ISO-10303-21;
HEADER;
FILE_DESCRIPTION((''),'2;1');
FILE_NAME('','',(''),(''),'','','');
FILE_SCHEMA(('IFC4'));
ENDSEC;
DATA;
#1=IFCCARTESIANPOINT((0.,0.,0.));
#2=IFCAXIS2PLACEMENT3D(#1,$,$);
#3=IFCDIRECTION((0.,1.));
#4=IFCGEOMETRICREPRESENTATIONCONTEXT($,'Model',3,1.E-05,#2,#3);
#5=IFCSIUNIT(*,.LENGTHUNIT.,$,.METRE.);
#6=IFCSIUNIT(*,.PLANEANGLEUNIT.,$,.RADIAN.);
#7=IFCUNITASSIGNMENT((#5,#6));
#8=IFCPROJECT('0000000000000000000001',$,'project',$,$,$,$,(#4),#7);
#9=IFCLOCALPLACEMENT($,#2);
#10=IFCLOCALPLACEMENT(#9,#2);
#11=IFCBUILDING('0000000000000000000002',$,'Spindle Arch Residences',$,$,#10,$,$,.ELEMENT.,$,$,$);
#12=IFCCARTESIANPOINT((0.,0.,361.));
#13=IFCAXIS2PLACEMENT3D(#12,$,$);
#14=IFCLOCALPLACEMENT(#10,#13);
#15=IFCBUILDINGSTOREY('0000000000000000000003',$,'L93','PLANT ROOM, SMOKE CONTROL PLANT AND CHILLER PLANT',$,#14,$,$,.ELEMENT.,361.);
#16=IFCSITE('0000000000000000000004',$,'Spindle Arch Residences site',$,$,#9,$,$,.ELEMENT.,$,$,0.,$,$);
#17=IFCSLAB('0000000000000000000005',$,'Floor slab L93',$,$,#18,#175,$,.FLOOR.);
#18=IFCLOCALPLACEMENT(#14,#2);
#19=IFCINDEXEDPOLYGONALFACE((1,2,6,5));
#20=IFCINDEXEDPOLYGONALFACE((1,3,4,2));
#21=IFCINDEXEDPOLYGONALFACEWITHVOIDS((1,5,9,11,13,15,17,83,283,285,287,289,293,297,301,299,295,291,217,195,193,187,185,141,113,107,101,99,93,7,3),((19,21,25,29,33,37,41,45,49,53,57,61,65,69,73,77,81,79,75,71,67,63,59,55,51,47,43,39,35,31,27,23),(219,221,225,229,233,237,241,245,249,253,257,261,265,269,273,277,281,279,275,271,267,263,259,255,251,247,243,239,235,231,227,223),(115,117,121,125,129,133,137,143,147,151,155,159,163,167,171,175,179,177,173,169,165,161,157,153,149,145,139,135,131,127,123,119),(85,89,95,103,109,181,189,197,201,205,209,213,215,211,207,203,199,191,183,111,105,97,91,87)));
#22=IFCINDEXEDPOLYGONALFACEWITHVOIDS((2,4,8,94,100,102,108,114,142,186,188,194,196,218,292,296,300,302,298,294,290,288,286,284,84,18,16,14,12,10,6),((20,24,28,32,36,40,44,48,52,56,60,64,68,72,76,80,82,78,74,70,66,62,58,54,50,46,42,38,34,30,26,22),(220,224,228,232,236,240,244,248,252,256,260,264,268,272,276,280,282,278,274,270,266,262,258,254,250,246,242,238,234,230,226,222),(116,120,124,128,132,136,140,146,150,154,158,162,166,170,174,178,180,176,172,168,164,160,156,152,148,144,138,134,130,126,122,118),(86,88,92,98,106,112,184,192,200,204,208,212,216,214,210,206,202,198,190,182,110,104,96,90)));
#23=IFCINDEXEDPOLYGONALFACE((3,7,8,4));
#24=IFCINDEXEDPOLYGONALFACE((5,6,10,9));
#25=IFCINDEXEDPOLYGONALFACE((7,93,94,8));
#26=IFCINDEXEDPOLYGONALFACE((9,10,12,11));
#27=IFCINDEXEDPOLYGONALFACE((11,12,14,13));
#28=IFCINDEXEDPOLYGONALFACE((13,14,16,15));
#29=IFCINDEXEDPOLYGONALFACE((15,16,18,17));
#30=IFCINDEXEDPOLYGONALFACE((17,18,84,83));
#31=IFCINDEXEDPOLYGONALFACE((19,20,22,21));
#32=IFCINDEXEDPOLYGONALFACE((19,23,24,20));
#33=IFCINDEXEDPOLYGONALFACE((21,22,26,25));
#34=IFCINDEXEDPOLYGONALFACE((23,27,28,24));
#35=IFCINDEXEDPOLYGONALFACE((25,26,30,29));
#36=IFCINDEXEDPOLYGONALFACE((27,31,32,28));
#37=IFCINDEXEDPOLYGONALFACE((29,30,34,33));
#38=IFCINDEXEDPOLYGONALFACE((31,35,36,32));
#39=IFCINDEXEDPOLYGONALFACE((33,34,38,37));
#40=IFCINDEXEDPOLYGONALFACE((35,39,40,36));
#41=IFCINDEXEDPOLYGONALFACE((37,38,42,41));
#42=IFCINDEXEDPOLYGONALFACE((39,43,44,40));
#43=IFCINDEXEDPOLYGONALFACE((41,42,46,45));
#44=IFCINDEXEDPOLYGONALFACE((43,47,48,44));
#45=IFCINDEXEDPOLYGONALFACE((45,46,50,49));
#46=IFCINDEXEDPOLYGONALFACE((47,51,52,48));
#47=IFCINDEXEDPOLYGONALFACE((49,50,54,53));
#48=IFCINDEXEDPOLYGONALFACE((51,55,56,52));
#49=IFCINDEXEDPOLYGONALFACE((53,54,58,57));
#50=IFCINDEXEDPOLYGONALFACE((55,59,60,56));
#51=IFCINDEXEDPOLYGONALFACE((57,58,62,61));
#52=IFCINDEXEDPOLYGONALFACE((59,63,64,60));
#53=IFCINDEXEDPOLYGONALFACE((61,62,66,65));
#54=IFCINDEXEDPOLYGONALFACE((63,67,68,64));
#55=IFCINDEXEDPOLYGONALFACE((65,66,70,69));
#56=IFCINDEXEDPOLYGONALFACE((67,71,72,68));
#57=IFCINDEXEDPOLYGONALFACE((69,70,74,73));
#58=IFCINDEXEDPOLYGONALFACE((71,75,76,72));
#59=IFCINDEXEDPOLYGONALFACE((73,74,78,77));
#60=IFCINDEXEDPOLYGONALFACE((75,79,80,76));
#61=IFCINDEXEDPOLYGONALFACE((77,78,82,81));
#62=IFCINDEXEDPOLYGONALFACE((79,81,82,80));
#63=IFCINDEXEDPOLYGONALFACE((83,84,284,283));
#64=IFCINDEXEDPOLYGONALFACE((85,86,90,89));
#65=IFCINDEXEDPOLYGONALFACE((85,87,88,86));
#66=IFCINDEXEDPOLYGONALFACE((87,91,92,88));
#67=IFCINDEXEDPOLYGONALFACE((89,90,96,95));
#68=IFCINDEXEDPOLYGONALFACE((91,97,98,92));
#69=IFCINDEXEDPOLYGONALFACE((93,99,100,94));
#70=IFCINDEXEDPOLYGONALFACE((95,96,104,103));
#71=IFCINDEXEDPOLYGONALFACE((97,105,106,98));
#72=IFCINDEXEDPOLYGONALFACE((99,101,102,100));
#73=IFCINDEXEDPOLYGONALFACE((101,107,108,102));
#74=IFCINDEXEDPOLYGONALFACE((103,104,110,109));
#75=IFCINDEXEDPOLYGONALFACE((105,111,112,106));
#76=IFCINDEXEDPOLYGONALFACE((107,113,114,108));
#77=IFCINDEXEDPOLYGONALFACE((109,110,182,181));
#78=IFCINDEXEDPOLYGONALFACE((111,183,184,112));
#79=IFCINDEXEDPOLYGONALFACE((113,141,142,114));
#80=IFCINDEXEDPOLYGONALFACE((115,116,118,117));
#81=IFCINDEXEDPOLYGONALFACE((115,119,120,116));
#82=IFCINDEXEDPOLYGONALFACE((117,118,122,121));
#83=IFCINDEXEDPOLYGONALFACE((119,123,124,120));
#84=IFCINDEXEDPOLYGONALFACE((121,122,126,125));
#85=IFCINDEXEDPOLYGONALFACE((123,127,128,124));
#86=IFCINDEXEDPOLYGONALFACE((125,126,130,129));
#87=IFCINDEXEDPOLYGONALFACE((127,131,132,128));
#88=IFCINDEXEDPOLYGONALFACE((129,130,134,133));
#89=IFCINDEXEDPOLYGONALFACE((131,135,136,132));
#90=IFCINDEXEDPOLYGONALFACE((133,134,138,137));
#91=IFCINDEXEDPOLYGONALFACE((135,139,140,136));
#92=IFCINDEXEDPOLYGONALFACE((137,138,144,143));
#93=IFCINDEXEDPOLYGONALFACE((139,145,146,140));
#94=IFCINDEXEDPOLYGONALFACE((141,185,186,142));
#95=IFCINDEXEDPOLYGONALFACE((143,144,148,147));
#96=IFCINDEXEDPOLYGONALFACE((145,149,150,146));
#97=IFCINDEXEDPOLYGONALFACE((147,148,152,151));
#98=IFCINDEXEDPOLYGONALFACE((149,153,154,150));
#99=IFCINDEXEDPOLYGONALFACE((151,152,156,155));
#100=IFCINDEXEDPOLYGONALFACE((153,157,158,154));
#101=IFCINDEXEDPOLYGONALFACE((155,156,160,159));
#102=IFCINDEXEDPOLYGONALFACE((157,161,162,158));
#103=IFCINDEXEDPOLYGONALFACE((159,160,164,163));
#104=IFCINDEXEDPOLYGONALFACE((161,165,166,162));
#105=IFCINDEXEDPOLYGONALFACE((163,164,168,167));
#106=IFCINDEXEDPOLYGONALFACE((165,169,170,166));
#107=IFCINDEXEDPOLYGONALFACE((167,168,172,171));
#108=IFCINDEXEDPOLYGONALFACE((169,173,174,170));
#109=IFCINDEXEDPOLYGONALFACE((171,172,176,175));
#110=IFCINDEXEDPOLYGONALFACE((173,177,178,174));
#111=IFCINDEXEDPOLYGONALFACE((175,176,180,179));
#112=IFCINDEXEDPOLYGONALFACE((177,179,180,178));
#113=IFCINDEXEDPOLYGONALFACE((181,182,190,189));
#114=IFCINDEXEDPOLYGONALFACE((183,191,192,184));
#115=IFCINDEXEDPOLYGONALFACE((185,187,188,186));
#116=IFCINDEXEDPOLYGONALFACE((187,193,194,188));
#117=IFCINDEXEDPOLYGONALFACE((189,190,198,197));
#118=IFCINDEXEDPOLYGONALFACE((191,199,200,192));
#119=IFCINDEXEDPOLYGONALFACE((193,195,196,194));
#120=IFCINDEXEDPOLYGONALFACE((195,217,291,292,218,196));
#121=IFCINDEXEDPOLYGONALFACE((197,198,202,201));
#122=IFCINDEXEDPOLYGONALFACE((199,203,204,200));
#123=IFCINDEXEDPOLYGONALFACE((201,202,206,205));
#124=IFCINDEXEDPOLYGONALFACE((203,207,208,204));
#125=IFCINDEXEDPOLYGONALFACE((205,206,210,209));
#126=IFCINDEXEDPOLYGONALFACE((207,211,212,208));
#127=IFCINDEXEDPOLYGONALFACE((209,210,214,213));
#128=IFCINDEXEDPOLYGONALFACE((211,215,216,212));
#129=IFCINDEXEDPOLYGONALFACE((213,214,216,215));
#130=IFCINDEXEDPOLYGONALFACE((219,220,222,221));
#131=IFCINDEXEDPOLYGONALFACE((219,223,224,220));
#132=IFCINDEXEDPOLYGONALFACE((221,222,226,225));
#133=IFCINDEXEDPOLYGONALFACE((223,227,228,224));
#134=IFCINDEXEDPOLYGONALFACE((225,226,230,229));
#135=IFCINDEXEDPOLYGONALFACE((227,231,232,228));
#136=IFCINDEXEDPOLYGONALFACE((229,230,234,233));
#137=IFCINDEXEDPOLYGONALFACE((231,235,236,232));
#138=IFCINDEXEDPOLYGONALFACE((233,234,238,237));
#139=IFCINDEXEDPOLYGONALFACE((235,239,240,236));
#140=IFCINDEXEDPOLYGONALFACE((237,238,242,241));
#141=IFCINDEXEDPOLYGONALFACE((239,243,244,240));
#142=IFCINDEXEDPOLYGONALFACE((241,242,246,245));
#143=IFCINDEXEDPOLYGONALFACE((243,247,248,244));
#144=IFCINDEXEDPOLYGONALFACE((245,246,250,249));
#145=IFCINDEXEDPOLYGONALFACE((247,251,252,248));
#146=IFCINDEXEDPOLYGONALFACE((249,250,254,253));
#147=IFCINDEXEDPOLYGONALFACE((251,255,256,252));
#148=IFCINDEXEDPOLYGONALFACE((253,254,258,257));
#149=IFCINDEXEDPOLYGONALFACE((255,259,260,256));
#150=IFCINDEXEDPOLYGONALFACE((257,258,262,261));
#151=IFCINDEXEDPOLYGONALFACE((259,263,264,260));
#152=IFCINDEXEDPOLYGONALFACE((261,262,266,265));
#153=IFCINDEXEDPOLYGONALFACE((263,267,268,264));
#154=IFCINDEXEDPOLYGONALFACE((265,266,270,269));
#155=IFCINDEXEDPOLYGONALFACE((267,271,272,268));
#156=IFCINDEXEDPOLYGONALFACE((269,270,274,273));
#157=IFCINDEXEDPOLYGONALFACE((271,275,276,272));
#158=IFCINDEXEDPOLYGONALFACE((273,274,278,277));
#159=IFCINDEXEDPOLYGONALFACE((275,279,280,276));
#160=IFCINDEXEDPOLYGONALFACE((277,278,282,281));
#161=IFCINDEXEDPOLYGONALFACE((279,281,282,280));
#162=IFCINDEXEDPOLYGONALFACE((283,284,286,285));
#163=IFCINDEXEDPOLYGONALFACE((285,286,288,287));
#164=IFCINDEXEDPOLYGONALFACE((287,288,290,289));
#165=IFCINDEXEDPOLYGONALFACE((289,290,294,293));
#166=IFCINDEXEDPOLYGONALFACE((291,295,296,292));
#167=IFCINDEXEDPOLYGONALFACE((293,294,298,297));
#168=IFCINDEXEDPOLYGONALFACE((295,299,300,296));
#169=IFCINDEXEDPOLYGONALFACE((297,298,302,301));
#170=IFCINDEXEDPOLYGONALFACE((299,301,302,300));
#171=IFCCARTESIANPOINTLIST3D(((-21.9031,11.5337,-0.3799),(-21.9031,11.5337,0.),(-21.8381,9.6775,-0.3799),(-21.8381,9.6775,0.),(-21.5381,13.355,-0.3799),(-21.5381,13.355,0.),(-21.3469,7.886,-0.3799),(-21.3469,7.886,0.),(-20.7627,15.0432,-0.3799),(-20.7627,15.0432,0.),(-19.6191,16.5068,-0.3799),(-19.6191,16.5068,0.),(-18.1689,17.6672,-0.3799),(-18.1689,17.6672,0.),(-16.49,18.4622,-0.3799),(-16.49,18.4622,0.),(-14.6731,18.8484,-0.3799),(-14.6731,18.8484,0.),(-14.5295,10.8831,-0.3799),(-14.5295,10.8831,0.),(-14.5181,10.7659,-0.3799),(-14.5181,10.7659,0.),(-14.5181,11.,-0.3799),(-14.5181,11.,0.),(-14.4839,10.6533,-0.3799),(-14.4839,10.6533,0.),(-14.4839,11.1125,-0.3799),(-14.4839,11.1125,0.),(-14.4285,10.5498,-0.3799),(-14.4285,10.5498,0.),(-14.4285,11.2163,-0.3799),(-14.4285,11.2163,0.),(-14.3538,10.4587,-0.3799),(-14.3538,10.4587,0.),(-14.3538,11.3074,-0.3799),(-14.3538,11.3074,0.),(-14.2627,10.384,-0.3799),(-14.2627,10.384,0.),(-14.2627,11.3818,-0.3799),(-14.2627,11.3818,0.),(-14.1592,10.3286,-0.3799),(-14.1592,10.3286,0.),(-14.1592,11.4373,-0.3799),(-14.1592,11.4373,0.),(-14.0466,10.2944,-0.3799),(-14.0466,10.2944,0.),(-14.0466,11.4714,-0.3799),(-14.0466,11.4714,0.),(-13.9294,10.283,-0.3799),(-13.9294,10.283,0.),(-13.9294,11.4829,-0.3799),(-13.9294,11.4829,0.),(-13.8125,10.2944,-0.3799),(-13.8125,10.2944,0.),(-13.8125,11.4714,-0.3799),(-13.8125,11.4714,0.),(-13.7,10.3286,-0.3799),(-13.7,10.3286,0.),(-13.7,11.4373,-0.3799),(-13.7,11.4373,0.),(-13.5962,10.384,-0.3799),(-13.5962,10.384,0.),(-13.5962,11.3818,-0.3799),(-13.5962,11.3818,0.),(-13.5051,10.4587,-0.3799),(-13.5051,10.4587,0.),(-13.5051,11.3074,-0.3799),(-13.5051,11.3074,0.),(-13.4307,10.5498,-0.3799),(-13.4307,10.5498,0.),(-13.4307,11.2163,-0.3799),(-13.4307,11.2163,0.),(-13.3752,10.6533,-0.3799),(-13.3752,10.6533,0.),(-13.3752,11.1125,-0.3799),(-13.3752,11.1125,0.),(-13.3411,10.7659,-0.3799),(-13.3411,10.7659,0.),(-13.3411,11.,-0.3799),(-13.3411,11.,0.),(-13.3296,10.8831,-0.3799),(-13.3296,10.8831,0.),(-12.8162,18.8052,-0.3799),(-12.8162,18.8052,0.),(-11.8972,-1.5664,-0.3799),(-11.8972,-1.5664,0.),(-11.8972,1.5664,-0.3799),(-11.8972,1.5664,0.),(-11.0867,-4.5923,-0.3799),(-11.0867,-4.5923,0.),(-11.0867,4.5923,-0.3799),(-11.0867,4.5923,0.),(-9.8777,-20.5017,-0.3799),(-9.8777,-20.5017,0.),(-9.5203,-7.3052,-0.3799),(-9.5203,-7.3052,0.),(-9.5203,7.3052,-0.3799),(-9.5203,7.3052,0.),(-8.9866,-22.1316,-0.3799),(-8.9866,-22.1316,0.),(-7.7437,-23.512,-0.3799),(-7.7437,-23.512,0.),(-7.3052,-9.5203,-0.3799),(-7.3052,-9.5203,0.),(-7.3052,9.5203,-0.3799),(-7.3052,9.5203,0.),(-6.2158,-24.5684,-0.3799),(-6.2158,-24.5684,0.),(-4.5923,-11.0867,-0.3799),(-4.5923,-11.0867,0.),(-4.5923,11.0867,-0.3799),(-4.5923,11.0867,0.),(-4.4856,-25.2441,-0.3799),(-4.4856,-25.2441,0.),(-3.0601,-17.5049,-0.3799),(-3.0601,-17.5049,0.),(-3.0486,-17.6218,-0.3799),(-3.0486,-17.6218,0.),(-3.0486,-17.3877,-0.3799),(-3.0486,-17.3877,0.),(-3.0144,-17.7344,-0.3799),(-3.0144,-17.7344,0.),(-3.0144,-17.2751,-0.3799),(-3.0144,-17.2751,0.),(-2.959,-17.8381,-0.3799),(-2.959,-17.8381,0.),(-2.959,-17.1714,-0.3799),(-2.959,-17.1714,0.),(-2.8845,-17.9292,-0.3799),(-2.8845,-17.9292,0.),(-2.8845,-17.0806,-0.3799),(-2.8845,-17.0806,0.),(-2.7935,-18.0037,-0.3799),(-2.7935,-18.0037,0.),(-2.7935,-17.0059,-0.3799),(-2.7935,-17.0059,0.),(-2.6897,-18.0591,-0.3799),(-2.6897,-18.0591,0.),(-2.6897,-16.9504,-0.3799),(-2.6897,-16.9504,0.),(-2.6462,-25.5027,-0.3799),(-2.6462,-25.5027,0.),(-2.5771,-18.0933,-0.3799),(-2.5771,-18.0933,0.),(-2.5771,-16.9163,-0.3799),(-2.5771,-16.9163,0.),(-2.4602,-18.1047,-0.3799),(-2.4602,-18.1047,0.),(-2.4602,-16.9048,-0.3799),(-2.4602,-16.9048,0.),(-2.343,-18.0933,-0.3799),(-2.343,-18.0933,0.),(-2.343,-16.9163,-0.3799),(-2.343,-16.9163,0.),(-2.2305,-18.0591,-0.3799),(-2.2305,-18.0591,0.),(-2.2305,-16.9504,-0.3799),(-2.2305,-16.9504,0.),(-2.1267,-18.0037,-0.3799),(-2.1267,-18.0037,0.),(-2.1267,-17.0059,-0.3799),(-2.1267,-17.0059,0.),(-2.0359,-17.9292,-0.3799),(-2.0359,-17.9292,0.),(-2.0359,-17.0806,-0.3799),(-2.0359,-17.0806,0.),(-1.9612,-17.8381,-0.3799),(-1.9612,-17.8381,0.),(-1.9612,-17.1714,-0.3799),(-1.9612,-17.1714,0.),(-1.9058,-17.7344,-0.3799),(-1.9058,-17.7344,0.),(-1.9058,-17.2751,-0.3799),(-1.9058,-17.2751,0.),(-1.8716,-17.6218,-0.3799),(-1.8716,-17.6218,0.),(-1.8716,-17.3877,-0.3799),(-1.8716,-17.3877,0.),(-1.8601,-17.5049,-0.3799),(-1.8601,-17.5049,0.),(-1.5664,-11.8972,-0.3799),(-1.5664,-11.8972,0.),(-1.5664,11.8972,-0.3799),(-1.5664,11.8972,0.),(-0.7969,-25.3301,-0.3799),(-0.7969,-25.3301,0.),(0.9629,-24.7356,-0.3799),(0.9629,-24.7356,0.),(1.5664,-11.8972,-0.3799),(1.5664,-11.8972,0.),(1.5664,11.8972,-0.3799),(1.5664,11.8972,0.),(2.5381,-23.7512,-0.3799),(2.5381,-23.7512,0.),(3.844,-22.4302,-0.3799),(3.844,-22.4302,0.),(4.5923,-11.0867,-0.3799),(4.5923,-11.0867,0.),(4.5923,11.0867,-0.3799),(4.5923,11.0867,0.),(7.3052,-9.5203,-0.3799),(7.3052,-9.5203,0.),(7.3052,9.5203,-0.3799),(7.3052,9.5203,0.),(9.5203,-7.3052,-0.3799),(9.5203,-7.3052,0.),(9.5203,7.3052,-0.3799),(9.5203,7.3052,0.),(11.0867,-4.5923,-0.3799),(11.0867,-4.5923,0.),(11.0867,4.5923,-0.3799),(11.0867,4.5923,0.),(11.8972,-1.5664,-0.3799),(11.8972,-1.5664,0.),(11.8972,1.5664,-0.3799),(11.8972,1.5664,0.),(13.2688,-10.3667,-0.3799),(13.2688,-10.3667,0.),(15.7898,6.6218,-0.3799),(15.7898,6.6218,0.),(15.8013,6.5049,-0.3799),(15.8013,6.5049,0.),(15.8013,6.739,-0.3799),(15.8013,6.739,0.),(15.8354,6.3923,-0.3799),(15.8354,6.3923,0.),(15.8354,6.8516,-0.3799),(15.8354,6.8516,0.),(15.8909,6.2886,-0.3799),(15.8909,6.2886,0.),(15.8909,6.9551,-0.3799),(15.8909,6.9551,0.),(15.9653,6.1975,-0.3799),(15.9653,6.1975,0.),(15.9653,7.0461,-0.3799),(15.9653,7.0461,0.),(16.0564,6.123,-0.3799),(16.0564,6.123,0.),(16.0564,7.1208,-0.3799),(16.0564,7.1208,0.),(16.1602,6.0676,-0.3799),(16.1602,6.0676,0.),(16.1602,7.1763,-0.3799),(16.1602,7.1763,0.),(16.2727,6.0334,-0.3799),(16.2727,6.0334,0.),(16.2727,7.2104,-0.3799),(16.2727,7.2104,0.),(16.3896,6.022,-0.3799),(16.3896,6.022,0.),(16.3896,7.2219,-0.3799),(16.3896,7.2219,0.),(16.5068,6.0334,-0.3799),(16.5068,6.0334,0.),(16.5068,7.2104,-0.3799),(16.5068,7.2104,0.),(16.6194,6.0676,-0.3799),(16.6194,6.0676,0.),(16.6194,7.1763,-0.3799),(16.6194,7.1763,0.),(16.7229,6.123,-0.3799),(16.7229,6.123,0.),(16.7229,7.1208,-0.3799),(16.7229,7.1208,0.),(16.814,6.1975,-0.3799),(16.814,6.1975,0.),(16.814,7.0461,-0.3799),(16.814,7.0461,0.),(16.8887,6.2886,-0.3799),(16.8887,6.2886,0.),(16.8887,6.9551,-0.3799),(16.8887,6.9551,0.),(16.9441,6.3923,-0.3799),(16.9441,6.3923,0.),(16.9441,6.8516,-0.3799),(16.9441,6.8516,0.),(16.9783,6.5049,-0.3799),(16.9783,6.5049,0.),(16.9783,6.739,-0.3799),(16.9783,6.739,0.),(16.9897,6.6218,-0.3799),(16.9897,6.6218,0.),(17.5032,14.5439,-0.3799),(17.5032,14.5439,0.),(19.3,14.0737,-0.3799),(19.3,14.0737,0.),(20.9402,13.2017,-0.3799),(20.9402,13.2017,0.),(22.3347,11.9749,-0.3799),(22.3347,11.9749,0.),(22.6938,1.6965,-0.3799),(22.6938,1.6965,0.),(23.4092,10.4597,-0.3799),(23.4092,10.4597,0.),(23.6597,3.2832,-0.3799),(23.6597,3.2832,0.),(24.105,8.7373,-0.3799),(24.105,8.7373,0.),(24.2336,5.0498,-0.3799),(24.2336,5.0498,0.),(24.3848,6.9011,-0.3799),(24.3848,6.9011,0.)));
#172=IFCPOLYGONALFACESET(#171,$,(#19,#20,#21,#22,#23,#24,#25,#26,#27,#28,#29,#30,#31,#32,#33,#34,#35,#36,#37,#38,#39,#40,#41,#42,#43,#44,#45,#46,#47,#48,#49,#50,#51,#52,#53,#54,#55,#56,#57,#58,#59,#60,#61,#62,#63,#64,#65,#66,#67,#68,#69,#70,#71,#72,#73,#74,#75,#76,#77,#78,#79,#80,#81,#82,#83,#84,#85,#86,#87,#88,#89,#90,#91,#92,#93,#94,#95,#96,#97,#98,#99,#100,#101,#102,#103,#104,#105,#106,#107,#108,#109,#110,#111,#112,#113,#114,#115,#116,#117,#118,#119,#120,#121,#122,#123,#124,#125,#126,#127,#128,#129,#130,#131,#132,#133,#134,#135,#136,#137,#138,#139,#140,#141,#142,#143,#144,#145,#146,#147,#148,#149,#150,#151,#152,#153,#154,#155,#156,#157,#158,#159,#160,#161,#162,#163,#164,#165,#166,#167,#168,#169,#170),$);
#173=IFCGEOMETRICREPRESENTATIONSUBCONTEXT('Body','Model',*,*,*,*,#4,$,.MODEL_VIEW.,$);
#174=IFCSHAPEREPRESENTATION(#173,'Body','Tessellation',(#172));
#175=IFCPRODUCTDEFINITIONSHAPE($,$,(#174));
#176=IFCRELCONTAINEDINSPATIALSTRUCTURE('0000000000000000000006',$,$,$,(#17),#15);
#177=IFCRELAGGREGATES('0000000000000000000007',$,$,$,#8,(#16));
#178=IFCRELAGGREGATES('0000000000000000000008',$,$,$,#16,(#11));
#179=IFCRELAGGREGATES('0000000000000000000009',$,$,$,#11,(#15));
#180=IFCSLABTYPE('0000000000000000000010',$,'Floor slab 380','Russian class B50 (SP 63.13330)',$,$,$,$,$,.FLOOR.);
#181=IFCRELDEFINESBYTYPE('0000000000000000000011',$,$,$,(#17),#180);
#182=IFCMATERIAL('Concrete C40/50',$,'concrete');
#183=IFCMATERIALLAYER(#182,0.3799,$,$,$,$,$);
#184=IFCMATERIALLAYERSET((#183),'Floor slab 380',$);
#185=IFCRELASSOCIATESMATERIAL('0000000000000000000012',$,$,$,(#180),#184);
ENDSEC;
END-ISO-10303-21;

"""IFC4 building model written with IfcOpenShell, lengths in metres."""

from ifc_helpers import new_model, si_unit, direction, frame, origin, place, context, subcontext, project, spatial, polyline, outline, extrude, material, layer, layer_set, type_object, element, save


model = new_model("IFC4")

# Units and contexts
model_context = context("Model", 3, precision=1e-05, world=origin(), true_north=direction((0.0, 1.0)))
body_context = subcontext(model_context, "Body", "Model", "MODEL_VIEW")
ifc_project = project(units=[si_unit("LENGTHUNIT", "METRE"), si_unit("PLANEANGLEUNIT", "RADIAN")], contexts=[model_context])

# Site, building, storey
site_placement = place(None, origin())
site = spatial("IfcSite", under=ifc_project, at=site_placement, Name="Spindle Arch Residences site", CompositionType="ELEMENT", RefElevation=0.0)
building_placement = place(site_placement, origin())
building = spatial("IfcBuilding", under=site, at=building_placement, Name="Spindle Arch Residences", CompositionType="ELEMENT")
storey_placement = place(building_placement, frame((0.0, 0.0, 361.0)))
storey = spatial("IfcBuildingStorey", under=building, at=storey_placement, Name="L93", Description="PLANT ROOM, SMOKE CONTROL PLANT AND CHILLER PLANT", CompositionType="ELEMENT", Elevation=361.0)

# Slab
ifc_material_1 = material(Name="Concrete C40/50", Category="concrete")
ifc_layer_1 = layer(ifc_material_1, 0.3799)
ifc_layer_set_1 = layer_set([ifc_layer_1], Name="Floor slab 380")
slab_type_1 = type_object("IfcSlabType", Name="Floor slab 380", Description="Russian class B50 (SP 63.13330)", PredefinedType="FLOOR", material=ifc_layer_set_1)
slab_1_placement = place(storey_placement, frame((0.0, 0.0, -0.3799)))
element("IfcSlab", 1, at=slab_1_placement, inside=storey, type_object=slab_type_1, Name="Floor slab L93", PredefinedType="FLOOR", context=body_context, shape_type="SweptSolid", body=[
    extrude(outline(polyline([(2.5381, -23.7512), (0.9629, -24.7356), (-0.7969, -25.3301), (-2.6462, -25.5027), (-4.4856, -25.2441), (-6.2158, -24.5684), (-7.7437, -23.512), (-8.9866, -22.1316), (-9.8777, -20.5017), (-21.3469, 7.886), (-21.8381, 9.6775), (-21.9031, 11.5337), (-21.5381, 13.355), (-20.7627, 15.0432), (-19.6191, 16.5068), (-18.1689, 17.6672), (-16.49, 18.4622), (-14.6731, 18.8484), (-12.8162, 18.8052), (17.5032, 14.5439), (19.3, 14.0737), (20.9402, 13.2017), (22.3347, 11.9749), (23.4092, 10.4597), (24.105, 8.7373), (24.3848, 6.9011), (24.2336, 5.0498), (23.6597, 3.2832), (22.6938, 1.6965), (13.2688, -10.3667), (3.844, -22.4302), (2.5381, -23.7512)]), holes=[polyline([(7.3052, -9.5203), (9.5203, -7.3052), (11.0867, -4.5923), (11.8972, -1.5664), (11.8972, 1.5664), (11.0867, 4.5923), (9.5203, 7.3052), (7.3052, 9.5203), (4.5923, 11.0867), (1.5664, 11.8972), (-1.5664, 11.8972), (-4.5923, 11.0867), (-7.3052, 9.5203), (-9.5203, 7.3052), (-11.0867, 4.5923), (-11.8972, 1.5664), (-11.8972, -1.5664), (-11.0867, -4.5923), (-9.5203, -7.3052), (-7.3052, -9.5203), (-4.5923, -11.0867), (-1.5664, -11.8972), (1.5664, -11.8972), (4.5923, -11.0867), (7.3052, -9.5203)]), polyline([(-1.9612, -17.8381), (-1.9058, -17.7344), (-1.8716, -17.6218), (-1.8601, -17.5049), (-1.8716, -17.3877), (-1.9058, -17.2751), (-1.9612, -17.1714), (-2.0359, -17.0806), (-2.1267, -17.0059), (-2.2305, -16.9504), (-2.343, -16.9163), (-2.4602, -16.9048), (-2.5771, -16.9163), (-2.6897, -16.9504), (-2.7935, -17.0059), (-2.8845, -17.0806), (-2.959, -17.1714), (-3.0144, -17.2751), (-3.0486, -17.3877), (-3.0601, -17.5049), (-3.0486, -17.6218), (-3.0144, -17.7344), (-2.959, -17.8381), (-2.8845, -17.9292), (-2.7935, -18.0037), (-2.6897, -18.0591), (-2.5771, -18.0933), (-2.4602, -18.1047), (-2.343, -18.0933), (-2.2305, -18.0591), (-2.1267, -18.0037), (-2.0359, -17.9292), (-1.9612, -17.8381)]), polyline([(-13.5051, 10.4587), (-13.4307, 10.5498), (-13.3752, 10.6533), (-13.3411, 10.7659), (-13.3296, 10.8831), (-13.3411, 11.0), (-13.3752, 11.1125), (-13.4307, 11.2163), (-13.5051, 11.3074), (-13.5962, 11.3818), (-13.7, 11.4373), (-13.8125, 11.4714), (-13.9294, 11.4829), (-14.0466, 11.4714), (-14.1592, 11.4373), (-14.2627, 11.3818), (-14.3538, 11.3074), (-14.4285, 11.2163), (-14.4839, 11.1125), (-14.5181, 11.0), (-14.5295, 10.8831), (-14.5181, 10.7659), (-14.4839, 10.6533), (-14.4285, 10.5498), (-14.3538, 10.4587), (-14.2627, 10.384), (-14.1592, 10.3286), (-14.0466, 10.2944), (-13.9294, 10.283), (-13.8125, 10.2944), (-13.7, 10.3286), (-13.5962, 10.384), (-13.5051, 10.4587)]), polyline([(16.814, 6.1975), (16.8887, 6.2886), (16.9441, 6.3923), (16.9783, 6.5049), (16.9897, 6.6218), (16.9783, 6.739), (16.9441, 6.8516), (16.8887, 6.9551), (16.814, 7.0461), (16.7229, 7.1208), (16.6194, 7.1763), (16.5068, 7.2104), (16.3896, 7.2219), (16.2727, 7.2104), (16.1602, 7.1763), (16.0564, 7.1208), (15.9653, 7.0461), (15.8909, 6.9551), (15.8354, 6.8516), (15.8013, 6.739), (15.7898, 6.6218), (15.8013, 6.5049), (15.8354, 6.3923), (15.8909, 6.2886), (15.9653, 6.1975), (16.0564, 6.123), (16.1602, 6.0676), (16.2727, 6.0334), (16.3896, 6.022), (16.5068, 6.0334), (16.6194, 6.0676), (16.7229, 6.123), (16.814, 6.1975)])]), origin(), (0.0, 0.0, 1.0), 0.3799),
])

save(model, "model.ifc")
